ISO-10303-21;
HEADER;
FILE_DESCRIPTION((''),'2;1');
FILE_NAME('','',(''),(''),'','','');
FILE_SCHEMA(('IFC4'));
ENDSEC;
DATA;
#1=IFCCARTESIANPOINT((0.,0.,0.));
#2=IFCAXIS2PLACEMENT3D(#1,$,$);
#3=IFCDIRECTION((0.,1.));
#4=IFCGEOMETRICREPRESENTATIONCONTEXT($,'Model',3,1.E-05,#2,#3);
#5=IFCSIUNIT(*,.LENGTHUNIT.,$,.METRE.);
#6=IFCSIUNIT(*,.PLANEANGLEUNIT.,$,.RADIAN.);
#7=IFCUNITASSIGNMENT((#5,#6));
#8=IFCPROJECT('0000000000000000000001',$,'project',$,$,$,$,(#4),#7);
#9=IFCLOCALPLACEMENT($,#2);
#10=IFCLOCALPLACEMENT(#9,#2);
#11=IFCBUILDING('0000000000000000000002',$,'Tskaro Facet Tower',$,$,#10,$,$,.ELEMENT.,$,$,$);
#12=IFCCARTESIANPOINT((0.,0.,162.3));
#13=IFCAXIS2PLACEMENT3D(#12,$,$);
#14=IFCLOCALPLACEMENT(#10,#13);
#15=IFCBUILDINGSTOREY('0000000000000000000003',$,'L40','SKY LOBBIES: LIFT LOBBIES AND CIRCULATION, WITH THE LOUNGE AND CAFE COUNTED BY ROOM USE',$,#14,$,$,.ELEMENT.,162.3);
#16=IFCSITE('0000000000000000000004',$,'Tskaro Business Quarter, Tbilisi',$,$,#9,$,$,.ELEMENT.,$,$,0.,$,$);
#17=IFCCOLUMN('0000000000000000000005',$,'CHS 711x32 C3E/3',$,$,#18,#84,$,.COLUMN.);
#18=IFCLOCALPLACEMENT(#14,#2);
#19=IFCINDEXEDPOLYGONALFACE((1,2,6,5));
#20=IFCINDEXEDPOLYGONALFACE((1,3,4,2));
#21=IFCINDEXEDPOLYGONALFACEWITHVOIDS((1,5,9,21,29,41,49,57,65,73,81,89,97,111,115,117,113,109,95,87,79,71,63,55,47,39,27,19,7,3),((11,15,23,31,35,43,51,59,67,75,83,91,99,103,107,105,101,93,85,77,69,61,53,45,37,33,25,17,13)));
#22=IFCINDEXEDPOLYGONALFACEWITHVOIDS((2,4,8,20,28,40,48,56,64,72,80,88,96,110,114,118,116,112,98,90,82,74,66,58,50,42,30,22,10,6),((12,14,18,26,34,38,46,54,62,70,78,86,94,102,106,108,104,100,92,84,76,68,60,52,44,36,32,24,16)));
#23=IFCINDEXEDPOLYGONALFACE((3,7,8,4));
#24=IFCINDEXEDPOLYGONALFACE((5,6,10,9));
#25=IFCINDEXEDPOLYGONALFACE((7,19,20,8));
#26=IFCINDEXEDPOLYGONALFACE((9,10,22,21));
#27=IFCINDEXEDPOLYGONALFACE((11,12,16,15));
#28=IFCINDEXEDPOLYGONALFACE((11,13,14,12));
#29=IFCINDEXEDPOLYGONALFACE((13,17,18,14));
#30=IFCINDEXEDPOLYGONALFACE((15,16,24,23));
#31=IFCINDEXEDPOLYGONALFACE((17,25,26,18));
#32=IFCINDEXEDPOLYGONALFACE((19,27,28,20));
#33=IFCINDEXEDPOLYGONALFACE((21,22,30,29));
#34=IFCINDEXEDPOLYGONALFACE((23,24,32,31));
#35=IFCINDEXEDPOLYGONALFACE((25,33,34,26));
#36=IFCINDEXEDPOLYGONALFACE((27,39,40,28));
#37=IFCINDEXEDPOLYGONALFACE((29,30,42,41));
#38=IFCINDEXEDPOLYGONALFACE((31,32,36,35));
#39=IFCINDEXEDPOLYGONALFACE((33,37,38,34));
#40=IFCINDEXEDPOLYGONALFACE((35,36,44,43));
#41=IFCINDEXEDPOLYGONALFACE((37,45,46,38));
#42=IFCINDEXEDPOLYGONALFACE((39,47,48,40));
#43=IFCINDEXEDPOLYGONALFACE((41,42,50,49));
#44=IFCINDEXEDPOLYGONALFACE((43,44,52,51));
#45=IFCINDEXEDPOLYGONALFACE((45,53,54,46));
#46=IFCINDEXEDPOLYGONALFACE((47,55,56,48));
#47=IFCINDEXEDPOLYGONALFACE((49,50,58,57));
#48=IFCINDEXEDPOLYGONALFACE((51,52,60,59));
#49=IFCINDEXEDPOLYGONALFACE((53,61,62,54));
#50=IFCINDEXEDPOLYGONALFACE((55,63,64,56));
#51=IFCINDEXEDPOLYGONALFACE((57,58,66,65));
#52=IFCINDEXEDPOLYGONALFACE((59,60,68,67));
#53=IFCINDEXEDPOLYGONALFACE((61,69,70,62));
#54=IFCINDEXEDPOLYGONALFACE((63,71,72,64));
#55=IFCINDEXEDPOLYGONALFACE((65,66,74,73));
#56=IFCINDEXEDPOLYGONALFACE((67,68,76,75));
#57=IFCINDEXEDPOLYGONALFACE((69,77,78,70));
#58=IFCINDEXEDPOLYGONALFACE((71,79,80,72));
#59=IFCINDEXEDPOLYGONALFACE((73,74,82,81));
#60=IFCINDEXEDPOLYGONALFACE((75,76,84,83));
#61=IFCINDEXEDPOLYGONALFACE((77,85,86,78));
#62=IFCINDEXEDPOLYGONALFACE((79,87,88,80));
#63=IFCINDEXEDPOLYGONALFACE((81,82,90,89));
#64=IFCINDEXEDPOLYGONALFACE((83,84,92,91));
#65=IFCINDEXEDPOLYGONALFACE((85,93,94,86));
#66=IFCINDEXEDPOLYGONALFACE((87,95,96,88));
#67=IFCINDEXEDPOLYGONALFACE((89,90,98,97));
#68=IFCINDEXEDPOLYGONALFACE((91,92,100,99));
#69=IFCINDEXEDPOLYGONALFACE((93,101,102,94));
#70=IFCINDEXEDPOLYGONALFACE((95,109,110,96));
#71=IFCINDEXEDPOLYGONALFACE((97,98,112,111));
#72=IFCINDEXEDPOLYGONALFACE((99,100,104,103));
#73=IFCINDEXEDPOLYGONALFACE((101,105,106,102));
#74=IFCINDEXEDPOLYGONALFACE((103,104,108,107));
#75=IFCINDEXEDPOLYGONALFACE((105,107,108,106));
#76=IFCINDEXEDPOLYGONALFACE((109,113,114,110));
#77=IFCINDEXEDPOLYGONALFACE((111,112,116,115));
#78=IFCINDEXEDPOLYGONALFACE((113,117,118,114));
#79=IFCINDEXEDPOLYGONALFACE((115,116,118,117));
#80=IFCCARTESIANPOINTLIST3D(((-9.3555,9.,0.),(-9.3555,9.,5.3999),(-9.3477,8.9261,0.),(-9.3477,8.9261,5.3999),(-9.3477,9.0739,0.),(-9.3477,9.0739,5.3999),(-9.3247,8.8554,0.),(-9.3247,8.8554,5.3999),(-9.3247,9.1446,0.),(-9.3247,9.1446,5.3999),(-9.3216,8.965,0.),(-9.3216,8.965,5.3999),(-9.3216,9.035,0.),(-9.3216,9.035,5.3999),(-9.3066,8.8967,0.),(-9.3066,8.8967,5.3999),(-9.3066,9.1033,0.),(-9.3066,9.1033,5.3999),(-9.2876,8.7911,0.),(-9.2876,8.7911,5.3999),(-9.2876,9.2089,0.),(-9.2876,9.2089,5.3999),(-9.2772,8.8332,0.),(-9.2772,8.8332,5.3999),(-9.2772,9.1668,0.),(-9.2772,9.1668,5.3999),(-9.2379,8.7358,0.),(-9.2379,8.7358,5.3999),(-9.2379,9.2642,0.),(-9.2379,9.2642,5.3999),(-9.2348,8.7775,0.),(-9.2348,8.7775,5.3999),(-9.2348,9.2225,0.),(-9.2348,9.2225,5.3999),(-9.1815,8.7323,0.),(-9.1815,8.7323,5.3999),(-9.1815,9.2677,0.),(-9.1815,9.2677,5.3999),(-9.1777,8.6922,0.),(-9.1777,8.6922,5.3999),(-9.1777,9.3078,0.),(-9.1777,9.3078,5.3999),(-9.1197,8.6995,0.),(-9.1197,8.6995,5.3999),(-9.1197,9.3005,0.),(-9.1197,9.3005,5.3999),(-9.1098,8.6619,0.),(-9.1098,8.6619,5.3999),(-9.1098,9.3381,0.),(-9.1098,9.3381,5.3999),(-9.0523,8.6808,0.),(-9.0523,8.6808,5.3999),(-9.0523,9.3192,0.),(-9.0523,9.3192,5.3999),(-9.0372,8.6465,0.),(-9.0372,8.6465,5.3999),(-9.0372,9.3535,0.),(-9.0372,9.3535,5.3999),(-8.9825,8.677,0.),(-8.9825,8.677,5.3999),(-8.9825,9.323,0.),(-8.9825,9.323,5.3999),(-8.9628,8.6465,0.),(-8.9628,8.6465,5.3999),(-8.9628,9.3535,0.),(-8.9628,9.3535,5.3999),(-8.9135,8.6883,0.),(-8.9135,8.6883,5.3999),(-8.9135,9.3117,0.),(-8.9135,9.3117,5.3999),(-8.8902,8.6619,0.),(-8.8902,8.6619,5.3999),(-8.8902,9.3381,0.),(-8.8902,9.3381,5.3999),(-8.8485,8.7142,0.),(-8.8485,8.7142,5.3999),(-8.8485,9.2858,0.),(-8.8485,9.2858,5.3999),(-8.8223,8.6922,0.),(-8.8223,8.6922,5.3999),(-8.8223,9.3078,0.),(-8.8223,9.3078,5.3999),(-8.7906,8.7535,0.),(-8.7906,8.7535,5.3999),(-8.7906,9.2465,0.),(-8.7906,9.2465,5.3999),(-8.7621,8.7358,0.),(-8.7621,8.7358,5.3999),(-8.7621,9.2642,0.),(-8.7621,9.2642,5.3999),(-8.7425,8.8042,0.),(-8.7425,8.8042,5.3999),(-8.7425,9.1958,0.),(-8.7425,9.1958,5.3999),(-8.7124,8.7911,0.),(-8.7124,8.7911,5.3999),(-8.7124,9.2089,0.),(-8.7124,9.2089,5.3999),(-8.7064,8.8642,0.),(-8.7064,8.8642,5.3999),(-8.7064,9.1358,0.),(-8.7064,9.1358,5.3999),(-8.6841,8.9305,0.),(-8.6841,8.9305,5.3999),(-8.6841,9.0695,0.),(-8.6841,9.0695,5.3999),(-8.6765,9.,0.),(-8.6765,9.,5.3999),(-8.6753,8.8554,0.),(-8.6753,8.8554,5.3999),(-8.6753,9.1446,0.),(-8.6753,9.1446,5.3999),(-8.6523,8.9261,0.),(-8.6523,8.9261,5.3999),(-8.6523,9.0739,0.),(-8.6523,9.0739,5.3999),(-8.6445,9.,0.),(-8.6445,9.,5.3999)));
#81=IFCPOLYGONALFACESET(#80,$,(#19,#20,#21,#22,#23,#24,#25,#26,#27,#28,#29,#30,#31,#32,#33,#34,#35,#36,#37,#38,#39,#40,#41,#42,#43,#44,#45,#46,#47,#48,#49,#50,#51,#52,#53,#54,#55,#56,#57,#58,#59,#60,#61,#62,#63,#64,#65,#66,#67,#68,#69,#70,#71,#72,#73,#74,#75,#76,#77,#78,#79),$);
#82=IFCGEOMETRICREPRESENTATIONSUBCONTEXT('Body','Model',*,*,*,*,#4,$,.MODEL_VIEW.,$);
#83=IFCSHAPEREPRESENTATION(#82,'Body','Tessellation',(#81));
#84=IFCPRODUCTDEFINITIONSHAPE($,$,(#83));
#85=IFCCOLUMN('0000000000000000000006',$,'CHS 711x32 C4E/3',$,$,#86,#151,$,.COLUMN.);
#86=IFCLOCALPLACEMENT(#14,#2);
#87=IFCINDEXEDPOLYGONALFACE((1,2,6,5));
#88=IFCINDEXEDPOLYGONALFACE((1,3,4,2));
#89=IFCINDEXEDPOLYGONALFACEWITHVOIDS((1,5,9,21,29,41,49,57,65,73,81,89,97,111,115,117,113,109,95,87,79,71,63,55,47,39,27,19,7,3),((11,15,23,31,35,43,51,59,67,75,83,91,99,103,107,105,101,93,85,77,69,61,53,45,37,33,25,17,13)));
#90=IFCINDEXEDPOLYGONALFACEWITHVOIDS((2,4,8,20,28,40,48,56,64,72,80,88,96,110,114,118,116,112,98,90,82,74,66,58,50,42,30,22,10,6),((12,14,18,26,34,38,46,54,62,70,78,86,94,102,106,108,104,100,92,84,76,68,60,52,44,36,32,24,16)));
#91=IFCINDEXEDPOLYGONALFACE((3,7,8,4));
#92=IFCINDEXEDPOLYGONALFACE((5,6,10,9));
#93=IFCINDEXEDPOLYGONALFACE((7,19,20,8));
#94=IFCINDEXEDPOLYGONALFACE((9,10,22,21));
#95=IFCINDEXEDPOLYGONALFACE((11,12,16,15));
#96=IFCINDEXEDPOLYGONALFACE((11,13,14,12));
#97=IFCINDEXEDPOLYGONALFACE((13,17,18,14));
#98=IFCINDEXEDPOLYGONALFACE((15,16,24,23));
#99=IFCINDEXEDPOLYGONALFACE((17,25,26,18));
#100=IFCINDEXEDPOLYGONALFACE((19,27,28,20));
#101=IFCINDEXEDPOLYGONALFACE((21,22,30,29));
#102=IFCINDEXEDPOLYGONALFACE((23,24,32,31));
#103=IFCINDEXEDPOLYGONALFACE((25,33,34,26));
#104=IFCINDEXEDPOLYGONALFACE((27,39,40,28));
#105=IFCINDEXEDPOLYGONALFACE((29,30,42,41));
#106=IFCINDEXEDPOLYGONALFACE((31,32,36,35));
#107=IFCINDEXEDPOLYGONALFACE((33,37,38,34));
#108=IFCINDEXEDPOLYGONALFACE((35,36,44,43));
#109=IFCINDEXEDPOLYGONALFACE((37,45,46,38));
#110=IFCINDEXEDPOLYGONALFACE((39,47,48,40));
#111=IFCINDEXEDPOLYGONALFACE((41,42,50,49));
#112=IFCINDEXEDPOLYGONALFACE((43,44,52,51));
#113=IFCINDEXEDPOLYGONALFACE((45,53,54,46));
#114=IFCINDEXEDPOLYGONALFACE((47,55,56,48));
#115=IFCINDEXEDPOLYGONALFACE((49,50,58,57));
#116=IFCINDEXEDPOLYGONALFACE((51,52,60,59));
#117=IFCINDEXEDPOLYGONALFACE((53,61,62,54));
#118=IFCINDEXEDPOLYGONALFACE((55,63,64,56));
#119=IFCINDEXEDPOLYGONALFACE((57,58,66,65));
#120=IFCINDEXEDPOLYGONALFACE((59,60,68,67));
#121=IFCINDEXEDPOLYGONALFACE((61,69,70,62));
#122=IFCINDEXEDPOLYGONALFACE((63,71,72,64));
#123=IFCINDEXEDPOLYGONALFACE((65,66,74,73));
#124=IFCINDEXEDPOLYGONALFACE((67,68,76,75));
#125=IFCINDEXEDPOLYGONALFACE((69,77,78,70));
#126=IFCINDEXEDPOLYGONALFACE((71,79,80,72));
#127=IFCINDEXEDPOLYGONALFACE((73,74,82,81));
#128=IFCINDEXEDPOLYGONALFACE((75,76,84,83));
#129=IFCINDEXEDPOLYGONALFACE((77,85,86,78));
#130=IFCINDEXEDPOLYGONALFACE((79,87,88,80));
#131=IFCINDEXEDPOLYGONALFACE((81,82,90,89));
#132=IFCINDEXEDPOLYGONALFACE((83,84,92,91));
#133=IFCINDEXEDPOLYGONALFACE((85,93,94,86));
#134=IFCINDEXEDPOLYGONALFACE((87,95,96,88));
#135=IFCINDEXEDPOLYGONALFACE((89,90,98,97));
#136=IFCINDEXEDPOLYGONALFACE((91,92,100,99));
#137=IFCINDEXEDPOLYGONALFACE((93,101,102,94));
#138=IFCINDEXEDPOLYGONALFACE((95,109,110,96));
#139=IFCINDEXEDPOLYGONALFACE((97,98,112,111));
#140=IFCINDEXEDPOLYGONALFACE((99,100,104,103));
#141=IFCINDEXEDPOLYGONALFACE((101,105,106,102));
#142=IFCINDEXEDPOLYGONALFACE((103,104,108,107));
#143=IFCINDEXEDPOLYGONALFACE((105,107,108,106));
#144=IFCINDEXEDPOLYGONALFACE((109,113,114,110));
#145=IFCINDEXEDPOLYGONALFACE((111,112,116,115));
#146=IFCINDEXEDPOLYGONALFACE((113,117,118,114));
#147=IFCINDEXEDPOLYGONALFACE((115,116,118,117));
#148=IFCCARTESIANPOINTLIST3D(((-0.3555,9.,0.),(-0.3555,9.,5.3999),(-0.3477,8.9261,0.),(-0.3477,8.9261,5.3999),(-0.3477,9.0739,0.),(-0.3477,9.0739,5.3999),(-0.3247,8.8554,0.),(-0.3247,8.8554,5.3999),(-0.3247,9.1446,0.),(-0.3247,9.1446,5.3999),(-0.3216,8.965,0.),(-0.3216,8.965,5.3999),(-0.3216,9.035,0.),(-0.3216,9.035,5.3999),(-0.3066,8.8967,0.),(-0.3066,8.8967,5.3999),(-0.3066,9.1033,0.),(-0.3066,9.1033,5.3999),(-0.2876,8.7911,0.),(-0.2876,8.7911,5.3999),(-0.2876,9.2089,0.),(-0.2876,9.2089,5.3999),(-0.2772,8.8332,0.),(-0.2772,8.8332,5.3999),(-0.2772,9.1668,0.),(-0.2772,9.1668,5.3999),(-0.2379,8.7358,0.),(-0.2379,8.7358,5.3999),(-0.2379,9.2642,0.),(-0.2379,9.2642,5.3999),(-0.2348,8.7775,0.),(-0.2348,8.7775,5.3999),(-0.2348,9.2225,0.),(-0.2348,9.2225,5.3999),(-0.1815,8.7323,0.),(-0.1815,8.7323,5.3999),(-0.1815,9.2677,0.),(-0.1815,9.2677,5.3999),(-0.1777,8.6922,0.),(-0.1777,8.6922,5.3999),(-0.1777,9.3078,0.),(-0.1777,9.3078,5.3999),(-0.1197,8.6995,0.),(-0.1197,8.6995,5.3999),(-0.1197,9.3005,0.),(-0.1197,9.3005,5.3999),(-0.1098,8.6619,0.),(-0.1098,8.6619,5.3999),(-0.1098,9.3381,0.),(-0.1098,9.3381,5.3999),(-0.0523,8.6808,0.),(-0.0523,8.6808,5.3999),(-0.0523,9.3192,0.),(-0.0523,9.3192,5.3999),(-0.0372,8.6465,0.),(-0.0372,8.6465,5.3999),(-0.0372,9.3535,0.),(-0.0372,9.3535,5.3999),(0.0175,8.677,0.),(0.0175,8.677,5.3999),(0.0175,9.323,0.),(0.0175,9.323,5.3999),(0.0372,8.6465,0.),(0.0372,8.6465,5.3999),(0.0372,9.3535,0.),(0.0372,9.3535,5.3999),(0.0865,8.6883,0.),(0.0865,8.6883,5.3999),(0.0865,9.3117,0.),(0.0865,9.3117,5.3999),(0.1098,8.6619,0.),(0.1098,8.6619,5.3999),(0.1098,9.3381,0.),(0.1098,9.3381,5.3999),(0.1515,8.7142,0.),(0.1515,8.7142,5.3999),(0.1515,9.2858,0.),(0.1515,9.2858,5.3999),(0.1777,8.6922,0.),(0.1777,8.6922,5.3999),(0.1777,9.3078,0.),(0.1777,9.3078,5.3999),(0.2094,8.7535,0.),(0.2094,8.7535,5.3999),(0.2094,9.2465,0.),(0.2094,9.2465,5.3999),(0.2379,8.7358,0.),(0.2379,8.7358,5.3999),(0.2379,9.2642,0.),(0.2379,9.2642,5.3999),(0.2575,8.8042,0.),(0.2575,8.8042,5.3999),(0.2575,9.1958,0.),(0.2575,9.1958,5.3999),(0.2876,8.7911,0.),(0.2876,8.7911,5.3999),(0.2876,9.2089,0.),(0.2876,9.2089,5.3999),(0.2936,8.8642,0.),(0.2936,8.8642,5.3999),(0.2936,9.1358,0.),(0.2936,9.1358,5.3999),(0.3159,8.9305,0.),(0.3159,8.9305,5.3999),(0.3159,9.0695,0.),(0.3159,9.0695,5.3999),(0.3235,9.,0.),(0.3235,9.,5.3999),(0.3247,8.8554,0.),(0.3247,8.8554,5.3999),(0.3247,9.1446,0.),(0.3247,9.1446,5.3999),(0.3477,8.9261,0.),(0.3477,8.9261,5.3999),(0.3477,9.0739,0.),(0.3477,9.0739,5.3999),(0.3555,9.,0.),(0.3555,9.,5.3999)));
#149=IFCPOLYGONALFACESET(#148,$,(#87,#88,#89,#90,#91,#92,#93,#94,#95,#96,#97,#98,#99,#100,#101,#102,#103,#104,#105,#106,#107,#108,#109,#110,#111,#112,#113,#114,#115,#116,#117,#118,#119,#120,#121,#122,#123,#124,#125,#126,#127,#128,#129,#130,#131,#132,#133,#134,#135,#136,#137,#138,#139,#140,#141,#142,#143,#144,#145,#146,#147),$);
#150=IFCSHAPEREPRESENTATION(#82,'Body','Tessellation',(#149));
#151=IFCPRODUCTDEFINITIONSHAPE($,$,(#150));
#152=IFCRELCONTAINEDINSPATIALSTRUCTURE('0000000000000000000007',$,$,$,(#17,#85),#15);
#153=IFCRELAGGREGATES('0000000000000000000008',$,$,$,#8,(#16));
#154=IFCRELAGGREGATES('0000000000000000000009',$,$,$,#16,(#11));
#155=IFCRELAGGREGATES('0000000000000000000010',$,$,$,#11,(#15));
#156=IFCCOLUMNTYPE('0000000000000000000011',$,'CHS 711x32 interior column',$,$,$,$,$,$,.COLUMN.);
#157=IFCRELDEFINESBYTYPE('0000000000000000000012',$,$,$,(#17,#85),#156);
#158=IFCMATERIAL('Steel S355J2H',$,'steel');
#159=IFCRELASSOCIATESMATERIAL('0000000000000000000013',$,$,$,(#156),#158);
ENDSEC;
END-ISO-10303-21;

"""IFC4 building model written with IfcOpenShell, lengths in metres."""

from ifc_helpers import new_model, si_unit, direction, frame, origin, origin_2d, place, context, subcontext, project, spatial, hollow_circle, extrude, material, material_profile, profile_set, type_object, element, save


model = new_model("IFC4")

# Units and contexts
model_context = context("Model", 3, precision=1e-05, world=origin(), true_north=direction((0.0, 1.0)))
body_context = subcontext(model_context, "Body", "Model", "MODEL_VIEW")
ifc_project = project(units=[si_unit("LENGTHUNIT", "METRE"), si_unit("PLANEANGLEUNIT", "RADIAN")], contexts=[model_context])

# Site, building, storey
site_placement = place(None, origin())
site = spatial("IfcSite", under=ifc_project, at=site_placement, Name="Tskaro Business Quarter, Tbilisi", CompositionType="ELEMENT", RefElevation=0.0)
building_placement = place(site_placement, origin())
building = spatial("IfcBuilding", under=site, at=building_placement, Name="Tskaro Facet Tower", CompositionType="ELEMENT")
storey_placement = place(building_placement, frame((0.0, 0.0, 162.3)))
storey = spatial("IfcBuildingStorey", under=building, at=storey_placement, Name="L40", Description="SKY LOBBIES: LIFT LOBBIES AND CIRCULATION, WITH THE LOUNGE AND CAFE COUNTED BY ROOM USE", CompositionType="ELEMENT", Elevation=162.3)

# Columns
ifc_material_1 = material(Name="Steel S355J2H", Category="steel")
ifc_material_profile_1 = material_profile(ifc_material_1, hollow_circle(Radius=0.3555, WallThickness=0.032, at=origin_2d()), Name="CHS 711x32")
ifc_profile_set_1 = profile_set([ifc_material_profile_1], Name="Steel S355J2H")
column_type_1 = type_object("IfcColumnType", Name="CHS 711x32 interior column", PredefinedType="COLUMN", material=ifc_profile_set_1)
for number, where, z_axis, x_axis, name in (
    (1, (-9.0, 9.0, 0.0), (0.0, 0.0, 1.0), (1.0, 0.0, 0.0), "CHS 711x32 C3E/3"),
    (2, (0.0, 9.0, 0.0), (0.0, 0.0, 1.0), (1.0, 0.0, 0.0), "CHS 711x32 C4E/3"),
):
    element("IfcColumn", number, at=place(storey_placement, frame(where, z_axis=z_axis, x_axis=x_axis)), inside=storey, type_object=column_type_1, Name=name, PredefinedType="COLUMN", context=body_context, shape_type="SweptSolid", body=[
        extrude(hollow_circle(Radius=0.3555, WallThickness=0.032, at=origin_2d()), origin(), (0.0, 0.0, 1.0), 5.3999),
    ])

save(model, "model.ifc")
